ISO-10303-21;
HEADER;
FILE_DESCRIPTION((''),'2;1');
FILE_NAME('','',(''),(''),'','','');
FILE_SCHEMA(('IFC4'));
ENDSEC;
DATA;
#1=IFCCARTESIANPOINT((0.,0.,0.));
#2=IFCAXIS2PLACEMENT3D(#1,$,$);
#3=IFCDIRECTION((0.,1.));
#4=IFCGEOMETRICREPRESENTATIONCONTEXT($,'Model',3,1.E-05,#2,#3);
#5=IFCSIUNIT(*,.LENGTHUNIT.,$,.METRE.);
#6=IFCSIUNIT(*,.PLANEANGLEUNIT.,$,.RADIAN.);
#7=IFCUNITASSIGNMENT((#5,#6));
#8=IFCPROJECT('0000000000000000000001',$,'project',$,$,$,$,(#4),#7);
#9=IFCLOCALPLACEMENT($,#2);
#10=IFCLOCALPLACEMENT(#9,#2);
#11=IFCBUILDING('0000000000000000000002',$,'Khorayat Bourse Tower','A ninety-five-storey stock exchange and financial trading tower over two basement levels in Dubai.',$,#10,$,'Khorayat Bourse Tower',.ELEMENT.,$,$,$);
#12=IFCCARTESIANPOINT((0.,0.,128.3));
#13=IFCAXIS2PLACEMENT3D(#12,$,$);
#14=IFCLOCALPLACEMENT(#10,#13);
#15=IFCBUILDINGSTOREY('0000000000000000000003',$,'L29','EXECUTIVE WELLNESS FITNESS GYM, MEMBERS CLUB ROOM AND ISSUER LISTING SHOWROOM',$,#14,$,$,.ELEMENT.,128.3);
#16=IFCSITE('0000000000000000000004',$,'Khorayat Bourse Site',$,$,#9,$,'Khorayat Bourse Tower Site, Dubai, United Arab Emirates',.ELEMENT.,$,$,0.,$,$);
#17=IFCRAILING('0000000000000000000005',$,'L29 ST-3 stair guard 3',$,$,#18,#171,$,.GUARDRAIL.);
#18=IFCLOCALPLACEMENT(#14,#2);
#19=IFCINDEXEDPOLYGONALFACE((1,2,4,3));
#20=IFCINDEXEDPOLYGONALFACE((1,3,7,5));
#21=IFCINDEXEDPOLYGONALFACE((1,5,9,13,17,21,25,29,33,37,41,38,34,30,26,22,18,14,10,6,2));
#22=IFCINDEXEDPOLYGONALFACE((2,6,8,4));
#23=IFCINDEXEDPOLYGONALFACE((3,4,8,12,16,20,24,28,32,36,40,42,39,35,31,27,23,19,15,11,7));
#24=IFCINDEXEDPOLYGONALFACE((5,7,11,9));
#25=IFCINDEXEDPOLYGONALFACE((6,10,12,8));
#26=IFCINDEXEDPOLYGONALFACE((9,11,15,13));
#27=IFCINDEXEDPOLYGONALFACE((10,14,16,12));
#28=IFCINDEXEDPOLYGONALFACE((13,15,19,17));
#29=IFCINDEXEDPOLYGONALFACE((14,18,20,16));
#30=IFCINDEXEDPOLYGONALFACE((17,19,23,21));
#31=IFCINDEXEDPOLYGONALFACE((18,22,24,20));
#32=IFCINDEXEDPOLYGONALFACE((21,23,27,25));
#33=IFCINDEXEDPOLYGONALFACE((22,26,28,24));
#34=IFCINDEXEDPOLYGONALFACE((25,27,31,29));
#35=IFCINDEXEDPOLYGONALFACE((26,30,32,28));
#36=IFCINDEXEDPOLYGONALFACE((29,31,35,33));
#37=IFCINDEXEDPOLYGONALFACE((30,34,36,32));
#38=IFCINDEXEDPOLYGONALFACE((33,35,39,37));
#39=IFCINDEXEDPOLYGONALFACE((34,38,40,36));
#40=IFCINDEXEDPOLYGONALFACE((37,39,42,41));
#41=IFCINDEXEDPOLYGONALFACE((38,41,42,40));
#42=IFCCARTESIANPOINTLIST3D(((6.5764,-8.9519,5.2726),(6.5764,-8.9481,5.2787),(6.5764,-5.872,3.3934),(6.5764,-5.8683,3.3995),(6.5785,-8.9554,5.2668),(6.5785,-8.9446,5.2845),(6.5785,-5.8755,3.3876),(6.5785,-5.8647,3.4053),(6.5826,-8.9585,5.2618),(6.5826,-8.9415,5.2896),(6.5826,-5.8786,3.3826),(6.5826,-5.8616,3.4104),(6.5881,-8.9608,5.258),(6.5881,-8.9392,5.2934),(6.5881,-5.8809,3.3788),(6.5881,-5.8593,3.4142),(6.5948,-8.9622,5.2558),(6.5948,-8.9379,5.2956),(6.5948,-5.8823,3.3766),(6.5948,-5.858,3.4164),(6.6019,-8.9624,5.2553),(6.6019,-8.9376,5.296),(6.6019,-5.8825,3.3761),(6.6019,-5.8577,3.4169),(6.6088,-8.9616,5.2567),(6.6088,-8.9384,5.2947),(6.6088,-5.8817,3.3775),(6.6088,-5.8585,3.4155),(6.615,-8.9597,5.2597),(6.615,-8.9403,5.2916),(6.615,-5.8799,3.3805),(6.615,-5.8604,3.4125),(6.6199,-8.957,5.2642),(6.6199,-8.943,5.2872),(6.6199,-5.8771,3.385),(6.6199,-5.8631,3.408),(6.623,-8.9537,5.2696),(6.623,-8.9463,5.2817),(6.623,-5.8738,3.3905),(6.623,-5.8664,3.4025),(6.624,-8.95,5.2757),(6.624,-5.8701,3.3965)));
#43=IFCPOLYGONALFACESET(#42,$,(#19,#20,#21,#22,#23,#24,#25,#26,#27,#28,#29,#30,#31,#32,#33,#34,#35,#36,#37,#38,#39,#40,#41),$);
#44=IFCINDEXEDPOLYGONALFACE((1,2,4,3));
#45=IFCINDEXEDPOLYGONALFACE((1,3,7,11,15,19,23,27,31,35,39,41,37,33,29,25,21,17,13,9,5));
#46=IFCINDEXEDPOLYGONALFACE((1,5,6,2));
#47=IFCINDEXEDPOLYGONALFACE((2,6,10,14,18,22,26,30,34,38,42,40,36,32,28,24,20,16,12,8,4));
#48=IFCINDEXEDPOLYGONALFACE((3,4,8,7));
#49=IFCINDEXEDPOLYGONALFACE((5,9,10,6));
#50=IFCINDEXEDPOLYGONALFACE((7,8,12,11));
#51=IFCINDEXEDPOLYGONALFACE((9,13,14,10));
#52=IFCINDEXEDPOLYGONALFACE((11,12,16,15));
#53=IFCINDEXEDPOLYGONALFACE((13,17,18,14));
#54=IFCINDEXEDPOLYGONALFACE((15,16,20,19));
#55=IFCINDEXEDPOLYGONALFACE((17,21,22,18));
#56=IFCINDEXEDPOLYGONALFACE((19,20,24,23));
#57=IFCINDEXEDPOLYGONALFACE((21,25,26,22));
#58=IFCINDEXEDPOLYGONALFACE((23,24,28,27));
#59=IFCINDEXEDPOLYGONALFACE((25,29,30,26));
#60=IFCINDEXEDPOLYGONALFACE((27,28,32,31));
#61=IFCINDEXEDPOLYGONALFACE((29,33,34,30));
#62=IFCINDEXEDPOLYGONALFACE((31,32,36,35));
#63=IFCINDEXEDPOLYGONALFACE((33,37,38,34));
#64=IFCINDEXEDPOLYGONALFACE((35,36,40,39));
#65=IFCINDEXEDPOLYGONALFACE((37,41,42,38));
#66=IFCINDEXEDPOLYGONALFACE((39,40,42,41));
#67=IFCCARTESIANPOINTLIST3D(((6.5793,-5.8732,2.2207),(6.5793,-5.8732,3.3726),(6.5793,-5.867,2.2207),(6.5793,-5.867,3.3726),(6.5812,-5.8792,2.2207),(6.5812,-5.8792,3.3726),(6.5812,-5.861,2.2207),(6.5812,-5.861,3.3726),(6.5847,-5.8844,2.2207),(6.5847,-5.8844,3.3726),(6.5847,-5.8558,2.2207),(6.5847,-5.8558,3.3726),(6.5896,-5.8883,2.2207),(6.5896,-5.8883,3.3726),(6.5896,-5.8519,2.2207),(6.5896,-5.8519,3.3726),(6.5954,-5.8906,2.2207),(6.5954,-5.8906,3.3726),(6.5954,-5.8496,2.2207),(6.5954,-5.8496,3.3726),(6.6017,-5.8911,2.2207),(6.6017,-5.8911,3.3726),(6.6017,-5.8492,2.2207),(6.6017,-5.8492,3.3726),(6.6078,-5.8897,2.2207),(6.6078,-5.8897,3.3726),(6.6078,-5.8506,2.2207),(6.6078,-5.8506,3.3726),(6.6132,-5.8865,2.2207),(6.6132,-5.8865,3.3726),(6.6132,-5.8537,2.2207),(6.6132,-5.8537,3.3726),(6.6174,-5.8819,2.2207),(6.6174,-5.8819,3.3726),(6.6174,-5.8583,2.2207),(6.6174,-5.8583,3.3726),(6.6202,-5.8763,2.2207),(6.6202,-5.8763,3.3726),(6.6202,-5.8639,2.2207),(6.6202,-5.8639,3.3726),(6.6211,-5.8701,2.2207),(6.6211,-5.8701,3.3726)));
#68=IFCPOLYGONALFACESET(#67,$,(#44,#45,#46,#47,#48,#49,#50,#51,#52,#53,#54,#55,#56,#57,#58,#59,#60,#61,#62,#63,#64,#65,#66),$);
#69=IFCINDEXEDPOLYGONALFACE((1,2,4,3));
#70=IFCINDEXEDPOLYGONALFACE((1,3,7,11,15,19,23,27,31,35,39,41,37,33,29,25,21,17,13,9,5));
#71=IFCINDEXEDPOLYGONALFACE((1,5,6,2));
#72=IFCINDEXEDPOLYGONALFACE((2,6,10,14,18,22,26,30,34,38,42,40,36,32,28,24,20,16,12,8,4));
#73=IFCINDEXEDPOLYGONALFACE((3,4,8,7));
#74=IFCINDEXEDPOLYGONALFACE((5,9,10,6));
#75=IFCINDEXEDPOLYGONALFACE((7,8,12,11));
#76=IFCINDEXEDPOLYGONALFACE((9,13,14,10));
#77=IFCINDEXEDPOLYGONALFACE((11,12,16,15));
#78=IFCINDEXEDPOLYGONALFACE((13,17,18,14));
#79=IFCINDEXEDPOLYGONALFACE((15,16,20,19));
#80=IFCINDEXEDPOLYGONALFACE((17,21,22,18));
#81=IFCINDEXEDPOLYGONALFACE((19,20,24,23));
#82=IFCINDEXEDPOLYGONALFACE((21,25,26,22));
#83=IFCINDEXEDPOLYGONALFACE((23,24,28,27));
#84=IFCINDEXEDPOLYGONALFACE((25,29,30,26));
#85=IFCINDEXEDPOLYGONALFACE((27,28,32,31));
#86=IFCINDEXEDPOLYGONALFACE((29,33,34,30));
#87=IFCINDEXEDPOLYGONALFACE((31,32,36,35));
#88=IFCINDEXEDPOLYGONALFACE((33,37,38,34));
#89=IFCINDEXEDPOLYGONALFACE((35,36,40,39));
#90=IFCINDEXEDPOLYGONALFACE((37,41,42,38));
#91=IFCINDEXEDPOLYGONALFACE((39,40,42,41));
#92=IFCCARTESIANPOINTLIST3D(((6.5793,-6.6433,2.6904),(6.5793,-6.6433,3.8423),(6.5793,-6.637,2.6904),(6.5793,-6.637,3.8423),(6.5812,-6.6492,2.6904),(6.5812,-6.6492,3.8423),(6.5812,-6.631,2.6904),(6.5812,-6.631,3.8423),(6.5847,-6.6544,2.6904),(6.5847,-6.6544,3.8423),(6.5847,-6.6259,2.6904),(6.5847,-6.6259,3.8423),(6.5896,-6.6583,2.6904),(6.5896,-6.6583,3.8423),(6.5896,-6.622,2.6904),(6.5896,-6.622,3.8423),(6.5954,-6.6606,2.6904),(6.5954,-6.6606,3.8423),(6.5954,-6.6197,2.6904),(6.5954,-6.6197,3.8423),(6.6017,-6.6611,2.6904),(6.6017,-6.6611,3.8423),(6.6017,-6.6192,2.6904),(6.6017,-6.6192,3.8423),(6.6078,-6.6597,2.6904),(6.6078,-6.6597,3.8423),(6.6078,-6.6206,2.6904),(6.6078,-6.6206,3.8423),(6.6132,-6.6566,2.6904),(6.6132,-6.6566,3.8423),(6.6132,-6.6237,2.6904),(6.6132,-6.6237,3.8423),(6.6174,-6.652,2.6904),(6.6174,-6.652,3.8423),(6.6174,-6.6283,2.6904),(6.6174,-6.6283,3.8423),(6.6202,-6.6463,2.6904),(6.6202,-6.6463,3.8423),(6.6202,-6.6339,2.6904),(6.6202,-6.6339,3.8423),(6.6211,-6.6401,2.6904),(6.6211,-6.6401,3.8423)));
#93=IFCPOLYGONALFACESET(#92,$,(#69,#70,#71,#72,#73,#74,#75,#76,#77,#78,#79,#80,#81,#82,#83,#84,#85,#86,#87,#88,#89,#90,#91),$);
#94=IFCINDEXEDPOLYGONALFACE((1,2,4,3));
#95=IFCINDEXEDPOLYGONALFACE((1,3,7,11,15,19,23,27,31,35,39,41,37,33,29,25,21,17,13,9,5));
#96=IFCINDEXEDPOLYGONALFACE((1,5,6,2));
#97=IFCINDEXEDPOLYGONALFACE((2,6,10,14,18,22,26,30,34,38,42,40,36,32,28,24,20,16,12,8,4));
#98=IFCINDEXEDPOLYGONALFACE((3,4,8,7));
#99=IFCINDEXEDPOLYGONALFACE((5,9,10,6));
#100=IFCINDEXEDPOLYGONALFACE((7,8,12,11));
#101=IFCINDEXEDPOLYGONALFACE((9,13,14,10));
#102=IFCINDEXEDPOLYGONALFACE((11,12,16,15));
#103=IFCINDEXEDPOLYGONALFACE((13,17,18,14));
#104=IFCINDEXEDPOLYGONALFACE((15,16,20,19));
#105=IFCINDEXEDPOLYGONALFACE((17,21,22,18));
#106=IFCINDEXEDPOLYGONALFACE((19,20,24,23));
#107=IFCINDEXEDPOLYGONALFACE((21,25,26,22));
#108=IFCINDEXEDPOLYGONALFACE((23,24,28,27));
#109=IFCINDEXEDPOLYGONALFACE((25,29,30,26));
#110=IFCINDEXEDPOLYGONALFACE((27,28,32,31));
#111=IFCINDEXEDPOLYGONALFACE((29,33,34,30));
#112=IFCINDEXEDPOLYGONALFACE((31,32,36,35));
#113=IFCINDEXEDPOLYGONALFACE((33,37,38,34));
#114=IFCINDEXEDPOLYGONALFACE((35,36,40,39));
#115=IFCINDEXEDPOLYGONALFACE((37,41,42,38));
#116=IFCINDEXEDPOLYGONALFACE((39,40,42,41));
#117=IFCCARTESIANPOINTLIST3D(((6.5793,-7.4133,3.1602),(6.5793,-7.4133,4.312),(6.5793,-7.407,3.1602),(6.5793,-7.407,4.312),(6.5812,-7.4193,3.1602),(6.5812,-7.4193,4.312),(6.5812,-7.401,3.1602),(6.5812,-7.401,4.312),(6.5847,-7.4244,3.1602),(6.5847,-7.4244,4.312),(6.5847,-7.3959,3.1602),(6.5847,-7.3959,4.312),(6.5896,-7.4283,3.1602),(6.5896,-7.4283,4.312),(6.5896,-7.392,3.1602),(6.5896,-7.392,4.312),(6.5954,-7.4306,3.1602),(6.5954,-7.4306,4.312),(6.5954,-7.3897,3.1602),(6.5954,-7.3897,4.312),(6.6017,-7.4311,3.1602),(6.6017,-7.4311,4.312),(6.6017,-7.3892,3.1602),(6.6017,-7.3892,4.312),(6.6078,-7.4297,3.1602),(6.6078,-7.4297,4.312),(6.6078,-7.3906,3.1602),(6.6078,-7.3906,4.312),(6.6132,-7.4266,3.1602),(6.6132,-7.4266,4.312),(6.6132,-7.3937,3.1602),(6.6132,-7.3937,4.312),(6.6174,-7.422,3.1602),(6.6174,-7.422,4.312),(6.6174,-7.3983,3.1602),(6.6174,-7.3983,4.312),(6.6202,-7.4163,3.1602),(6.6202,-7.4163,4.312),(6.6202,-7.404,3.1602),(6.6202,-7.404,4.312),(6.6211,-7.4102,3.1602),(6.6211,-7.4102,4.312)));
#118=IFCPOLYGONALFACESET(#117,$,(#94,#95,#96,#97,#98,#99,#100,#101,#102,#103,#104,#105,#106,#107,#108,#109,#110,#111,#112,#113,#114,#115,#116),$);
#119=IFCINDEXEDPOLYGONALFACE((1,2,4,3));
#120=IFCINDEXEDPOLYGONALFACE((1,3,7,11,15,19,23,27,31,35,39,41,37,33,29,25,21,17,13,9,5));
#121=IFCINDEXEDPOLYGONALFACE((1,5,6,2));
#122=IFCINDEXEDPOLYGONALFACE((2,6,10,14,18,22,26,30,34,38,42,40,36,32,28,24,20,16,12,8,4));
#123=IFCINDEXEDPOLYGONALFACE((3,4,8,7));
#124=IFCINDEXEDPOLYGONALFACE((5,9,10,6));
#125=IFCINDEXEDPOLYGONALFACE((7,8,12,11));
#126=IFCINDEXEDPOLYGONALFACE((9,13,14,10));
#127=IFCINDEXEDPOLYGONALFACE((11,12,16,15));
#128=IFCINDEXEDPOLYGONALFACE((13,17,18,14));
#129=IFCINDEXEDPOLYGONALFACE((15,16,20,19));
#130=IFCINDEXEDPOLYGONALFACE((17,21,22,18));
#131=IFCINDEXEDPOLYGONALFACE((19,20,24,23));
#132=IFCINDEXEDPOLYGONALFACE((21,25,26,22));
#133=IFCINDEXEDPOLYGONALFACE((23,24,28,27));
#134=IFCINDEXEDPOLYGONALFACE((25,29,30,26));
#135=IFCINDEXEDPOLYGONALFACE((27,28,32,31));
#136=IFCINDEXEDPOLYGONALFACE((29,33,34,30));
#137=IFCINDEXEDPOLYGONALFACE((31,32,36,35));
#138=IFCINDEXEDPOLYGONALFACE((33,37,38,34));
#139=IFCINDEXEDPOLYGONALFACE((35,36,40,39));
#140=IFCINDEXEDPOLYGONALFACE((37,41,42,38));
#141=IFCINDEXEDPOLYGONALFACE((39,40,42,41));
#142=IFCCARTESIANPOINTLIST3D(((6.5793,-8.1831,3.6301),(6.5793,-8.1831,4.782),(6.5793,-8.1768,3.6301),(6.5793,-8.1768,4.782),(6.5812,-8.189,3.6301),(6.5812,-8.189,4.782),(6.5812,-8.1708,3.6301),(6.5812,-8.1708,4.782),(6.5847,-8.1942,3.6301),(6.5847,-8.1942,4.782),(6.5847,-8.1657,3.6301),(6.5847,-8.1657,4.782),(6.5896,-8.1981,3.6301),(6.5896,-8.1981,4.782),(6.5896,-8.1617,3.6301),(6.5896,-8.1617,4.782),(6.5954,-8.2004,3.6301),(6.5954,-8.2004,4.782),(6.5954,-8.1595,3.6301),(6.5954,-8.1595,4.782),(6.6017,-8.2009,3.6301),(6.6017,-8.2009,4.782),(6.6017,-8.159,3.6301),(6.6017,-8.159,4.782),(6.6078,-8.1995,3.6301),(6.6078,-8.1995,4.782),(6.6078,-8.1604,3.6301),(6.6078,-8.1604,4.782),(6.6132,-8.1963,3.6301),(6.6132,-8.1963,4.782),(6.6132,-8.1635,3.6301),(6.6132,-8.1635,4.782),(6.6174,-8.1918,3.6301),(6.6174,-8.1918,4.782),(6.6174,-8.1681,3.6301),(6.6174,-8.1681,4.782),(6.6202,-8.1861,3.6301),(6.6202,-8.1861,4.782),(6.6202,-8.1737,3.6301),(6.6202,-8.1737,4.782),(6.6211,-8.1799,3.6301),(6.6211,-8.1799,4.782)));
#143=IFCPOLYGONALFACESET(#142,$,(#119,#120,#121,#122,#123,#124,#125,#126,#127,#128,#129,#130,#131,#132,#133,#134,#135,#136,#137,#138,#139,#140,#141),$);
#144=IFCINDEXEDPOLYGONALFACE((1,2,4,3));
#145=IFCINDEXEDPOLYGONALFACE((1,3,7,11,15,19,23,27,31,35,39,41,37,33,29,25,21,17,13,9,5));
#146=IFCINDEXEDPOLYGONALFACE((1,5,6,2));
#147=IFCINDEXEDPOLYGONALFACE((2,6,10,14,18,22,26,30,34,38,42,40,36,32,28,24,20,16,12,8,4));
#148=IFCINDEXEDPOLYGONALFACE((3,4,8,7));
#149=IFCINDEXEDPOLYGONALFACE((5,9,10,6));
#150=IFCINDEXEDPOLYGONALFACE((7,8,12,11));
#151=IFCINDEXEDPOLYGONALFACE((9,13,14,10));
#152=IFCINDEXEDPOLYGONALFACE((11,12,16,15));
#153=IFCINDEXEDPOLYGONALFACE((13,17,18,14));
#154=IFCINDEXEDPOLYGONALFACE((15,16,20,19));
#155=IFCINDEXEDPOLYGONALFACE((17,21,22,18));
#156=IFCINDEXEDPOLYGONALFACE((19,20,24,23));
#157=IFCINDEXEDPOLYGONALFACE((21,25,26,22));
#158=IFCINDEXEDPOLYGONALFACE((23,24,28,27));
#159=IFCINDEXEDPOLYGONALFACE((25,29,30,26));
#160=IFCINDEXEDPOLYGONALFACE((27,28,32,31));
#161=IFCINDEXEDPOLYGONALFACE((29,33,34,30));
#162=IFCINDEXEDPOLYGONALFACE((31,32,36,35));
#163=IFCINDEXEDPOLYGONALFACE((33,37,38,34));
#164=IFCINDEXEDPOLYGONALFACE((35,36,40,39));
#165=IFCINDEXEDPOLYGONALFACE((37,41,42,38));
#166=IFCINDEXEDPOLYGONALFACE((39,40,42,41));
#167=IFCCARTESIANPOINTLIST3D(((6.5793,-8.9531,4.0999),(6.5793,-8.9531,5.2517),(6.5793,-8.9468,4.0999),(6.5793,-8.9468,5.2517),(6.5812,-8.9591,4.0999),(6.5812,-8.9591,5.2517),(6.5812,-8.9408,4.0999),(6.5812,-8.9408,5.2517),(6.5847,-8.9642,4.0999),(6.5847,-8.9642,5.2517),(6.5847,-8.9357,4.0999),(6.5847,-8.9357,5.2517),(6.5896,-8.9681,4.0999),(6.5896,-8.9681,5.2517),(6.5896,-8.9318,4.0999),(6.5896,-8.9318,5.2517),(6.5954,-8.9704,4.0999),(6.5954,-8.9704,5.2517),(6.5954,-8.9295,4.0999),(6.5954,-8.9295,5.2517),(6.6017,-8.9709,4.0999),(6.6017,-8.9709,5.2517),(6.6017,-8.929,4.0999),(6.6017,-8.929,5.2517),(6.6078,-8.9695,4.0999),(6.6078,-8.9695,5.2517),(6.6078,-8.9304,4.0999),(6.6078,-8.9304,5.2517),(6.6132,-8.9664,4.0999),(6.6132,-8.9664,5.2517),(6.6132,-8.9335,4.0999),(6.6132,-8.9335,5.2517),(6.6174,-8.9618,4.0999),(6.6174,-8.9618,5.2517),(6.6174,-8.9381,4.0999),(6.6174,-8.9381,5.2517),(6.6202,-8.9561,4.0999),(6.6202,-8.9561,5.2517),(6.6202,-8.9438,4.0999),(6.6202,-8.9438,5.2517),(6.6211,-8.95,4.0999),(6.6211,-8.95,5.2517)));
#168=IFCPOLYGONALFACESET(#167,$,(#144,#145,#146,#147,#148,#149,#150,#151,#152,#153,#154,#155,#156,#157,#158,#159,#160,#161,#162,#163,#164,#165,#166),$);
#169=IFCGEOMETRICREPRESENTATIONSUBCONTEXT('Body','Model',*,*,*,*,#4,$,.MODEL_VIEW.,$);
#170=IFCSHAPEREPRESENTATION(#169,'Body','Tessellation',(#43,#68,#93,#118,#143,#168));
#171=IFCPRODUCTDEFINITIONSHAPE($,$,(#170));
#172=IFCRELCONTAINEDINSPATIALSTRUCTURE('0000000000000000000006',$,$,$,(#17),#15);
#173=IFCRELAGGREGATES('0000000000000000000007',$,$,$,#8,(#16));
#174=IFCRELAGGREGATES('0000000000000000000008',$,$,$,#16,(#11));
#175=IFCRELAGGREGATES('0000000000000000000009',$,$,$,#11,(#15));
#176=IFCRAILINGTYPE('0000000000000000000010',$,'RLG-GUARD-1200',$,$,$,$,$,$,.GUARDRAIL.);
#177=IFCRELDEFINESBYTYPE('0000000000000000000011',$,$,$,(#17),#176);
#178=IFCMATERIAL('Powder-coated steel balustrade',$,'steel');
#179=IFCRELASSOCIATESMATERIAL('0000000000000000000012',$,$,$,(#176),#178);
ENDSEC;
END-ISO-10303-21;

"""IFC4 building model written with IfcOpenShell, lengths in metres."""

from ifc_helpers import new_model, si_unit, direction, frame, origin, origin_2d, place, context, subcontext, project, spatial, circle, extrude, source, transform, mapped, material, type_object, element, save


model = new_model("IFC4")

# Units and contexts
model_context = context("Model", 3, precision=1e-05, world=origin(), true_north=direction((0.0, 1.0)))
body_context = subcontext(model_context, "Body", "Model", "MODEL_VIEW")
ifc_project = project(units=[si_unit("LENGTHUNIT", "METRE"), si_unit("PLANEANGLEUNIT", "RADIAN")], contexts=[model_context])

# Site, building, storey
site_placement = place(None, origin())
site = spatial("IfcSite", under=ifc_project, at=site_placement, Name="Khorayat Bourse Site", LongName="Khorayat Bourse Tower Site, Dubai, United Arab Emirates", CompositionType="ELEMENT", RefElevation=0.0)
building_placement = place(site_placement, origin())
building = spatial("IfcBuilding", under=site, at=building_placement, Name="Khorayat Bourse Tower", Description="A ninety-five-storey stock exchange and financial trading tower over two basement levels in Dubai.", LongName="Khorayat Bourse Tower", CompositionType="ELEMENT")
storey_placement = place(building_placement, frame((0.0, 0.0, 128.3)))
storey = spatial("IfcBuildingStorey", under=building, at=storey_placement, Name="L29", Description="EXECUTIVE WELLNESS FITNESS GYM, MEMBERS CLUB ROOM AND ISSUER LISTING SHOWROOM", CompositionType="ELEMENT", Elevation=128.3)

# Railing
ifc_material_1 = material(Name="Powder-coated steel balustrade", Category="steel")
railing_type_1 = type_object("IfcRailingType", Name="RLG-GUARD-1200", PredefinedType="GUARDRAIL", material=ifc_material_1)
shared_shape_1 = source(origin(), body_context, "Body", "SweptSolid", [
    extrude(circle(Radius=0.0239, at=origin_2d()), frame((0.0, 0.0, 1.1758), z_axis=(0.0, -0.853648, 0.52085), x_axis=(1.0, 0.0, 0.0)), (0.0, 0.0, 1.0), 3.6079),
    extrude(circle(Radius=0.021, at=origin_2d()), origin(), (0.0, 0.0, 1.0), 1.1519),
    extrude(circle(Radius=0.021, at=origin_2d()), frame((0.0, -0.77, 0.4697)), (0.0, 0.0, 1.0), 1.1519),
    extrude(circle(Radius=0.021, at=origin_2d()), frame((0.0, -1.54, 0.9395)), (0.0, 0.0, 1.0), 1.1519),
    extrude(circle(Radius=0.021, at=origin_2d()), frame((0.0, -2.3098, 1.4094)), (0.0, 0.0, 1.0), 1.1519),
    extrude(circle(Radius=0.021, at=origin_2d()), frame((0.0, -3.0798, 1.8792)), (0.0, 0.0, 1.0), 1.1519),
])
railing_1_placement = place(storey_placement, frame((6.6001, -5.8701, 2.2207)))
element("IfcRailing", 1, at=railing_1_placement, inside=storey, type_object=railing_type_1, Name="L29 ST-3 stair guard 3", PredefinedType="GUARDRAIL", context=body_context, shape_type="MappedRepresentation", body=[
    mapped(shared_shape_1, transform((0.0, 0.0, 0.0), scale=1.0)),
])

save(model, "model.ifc")
